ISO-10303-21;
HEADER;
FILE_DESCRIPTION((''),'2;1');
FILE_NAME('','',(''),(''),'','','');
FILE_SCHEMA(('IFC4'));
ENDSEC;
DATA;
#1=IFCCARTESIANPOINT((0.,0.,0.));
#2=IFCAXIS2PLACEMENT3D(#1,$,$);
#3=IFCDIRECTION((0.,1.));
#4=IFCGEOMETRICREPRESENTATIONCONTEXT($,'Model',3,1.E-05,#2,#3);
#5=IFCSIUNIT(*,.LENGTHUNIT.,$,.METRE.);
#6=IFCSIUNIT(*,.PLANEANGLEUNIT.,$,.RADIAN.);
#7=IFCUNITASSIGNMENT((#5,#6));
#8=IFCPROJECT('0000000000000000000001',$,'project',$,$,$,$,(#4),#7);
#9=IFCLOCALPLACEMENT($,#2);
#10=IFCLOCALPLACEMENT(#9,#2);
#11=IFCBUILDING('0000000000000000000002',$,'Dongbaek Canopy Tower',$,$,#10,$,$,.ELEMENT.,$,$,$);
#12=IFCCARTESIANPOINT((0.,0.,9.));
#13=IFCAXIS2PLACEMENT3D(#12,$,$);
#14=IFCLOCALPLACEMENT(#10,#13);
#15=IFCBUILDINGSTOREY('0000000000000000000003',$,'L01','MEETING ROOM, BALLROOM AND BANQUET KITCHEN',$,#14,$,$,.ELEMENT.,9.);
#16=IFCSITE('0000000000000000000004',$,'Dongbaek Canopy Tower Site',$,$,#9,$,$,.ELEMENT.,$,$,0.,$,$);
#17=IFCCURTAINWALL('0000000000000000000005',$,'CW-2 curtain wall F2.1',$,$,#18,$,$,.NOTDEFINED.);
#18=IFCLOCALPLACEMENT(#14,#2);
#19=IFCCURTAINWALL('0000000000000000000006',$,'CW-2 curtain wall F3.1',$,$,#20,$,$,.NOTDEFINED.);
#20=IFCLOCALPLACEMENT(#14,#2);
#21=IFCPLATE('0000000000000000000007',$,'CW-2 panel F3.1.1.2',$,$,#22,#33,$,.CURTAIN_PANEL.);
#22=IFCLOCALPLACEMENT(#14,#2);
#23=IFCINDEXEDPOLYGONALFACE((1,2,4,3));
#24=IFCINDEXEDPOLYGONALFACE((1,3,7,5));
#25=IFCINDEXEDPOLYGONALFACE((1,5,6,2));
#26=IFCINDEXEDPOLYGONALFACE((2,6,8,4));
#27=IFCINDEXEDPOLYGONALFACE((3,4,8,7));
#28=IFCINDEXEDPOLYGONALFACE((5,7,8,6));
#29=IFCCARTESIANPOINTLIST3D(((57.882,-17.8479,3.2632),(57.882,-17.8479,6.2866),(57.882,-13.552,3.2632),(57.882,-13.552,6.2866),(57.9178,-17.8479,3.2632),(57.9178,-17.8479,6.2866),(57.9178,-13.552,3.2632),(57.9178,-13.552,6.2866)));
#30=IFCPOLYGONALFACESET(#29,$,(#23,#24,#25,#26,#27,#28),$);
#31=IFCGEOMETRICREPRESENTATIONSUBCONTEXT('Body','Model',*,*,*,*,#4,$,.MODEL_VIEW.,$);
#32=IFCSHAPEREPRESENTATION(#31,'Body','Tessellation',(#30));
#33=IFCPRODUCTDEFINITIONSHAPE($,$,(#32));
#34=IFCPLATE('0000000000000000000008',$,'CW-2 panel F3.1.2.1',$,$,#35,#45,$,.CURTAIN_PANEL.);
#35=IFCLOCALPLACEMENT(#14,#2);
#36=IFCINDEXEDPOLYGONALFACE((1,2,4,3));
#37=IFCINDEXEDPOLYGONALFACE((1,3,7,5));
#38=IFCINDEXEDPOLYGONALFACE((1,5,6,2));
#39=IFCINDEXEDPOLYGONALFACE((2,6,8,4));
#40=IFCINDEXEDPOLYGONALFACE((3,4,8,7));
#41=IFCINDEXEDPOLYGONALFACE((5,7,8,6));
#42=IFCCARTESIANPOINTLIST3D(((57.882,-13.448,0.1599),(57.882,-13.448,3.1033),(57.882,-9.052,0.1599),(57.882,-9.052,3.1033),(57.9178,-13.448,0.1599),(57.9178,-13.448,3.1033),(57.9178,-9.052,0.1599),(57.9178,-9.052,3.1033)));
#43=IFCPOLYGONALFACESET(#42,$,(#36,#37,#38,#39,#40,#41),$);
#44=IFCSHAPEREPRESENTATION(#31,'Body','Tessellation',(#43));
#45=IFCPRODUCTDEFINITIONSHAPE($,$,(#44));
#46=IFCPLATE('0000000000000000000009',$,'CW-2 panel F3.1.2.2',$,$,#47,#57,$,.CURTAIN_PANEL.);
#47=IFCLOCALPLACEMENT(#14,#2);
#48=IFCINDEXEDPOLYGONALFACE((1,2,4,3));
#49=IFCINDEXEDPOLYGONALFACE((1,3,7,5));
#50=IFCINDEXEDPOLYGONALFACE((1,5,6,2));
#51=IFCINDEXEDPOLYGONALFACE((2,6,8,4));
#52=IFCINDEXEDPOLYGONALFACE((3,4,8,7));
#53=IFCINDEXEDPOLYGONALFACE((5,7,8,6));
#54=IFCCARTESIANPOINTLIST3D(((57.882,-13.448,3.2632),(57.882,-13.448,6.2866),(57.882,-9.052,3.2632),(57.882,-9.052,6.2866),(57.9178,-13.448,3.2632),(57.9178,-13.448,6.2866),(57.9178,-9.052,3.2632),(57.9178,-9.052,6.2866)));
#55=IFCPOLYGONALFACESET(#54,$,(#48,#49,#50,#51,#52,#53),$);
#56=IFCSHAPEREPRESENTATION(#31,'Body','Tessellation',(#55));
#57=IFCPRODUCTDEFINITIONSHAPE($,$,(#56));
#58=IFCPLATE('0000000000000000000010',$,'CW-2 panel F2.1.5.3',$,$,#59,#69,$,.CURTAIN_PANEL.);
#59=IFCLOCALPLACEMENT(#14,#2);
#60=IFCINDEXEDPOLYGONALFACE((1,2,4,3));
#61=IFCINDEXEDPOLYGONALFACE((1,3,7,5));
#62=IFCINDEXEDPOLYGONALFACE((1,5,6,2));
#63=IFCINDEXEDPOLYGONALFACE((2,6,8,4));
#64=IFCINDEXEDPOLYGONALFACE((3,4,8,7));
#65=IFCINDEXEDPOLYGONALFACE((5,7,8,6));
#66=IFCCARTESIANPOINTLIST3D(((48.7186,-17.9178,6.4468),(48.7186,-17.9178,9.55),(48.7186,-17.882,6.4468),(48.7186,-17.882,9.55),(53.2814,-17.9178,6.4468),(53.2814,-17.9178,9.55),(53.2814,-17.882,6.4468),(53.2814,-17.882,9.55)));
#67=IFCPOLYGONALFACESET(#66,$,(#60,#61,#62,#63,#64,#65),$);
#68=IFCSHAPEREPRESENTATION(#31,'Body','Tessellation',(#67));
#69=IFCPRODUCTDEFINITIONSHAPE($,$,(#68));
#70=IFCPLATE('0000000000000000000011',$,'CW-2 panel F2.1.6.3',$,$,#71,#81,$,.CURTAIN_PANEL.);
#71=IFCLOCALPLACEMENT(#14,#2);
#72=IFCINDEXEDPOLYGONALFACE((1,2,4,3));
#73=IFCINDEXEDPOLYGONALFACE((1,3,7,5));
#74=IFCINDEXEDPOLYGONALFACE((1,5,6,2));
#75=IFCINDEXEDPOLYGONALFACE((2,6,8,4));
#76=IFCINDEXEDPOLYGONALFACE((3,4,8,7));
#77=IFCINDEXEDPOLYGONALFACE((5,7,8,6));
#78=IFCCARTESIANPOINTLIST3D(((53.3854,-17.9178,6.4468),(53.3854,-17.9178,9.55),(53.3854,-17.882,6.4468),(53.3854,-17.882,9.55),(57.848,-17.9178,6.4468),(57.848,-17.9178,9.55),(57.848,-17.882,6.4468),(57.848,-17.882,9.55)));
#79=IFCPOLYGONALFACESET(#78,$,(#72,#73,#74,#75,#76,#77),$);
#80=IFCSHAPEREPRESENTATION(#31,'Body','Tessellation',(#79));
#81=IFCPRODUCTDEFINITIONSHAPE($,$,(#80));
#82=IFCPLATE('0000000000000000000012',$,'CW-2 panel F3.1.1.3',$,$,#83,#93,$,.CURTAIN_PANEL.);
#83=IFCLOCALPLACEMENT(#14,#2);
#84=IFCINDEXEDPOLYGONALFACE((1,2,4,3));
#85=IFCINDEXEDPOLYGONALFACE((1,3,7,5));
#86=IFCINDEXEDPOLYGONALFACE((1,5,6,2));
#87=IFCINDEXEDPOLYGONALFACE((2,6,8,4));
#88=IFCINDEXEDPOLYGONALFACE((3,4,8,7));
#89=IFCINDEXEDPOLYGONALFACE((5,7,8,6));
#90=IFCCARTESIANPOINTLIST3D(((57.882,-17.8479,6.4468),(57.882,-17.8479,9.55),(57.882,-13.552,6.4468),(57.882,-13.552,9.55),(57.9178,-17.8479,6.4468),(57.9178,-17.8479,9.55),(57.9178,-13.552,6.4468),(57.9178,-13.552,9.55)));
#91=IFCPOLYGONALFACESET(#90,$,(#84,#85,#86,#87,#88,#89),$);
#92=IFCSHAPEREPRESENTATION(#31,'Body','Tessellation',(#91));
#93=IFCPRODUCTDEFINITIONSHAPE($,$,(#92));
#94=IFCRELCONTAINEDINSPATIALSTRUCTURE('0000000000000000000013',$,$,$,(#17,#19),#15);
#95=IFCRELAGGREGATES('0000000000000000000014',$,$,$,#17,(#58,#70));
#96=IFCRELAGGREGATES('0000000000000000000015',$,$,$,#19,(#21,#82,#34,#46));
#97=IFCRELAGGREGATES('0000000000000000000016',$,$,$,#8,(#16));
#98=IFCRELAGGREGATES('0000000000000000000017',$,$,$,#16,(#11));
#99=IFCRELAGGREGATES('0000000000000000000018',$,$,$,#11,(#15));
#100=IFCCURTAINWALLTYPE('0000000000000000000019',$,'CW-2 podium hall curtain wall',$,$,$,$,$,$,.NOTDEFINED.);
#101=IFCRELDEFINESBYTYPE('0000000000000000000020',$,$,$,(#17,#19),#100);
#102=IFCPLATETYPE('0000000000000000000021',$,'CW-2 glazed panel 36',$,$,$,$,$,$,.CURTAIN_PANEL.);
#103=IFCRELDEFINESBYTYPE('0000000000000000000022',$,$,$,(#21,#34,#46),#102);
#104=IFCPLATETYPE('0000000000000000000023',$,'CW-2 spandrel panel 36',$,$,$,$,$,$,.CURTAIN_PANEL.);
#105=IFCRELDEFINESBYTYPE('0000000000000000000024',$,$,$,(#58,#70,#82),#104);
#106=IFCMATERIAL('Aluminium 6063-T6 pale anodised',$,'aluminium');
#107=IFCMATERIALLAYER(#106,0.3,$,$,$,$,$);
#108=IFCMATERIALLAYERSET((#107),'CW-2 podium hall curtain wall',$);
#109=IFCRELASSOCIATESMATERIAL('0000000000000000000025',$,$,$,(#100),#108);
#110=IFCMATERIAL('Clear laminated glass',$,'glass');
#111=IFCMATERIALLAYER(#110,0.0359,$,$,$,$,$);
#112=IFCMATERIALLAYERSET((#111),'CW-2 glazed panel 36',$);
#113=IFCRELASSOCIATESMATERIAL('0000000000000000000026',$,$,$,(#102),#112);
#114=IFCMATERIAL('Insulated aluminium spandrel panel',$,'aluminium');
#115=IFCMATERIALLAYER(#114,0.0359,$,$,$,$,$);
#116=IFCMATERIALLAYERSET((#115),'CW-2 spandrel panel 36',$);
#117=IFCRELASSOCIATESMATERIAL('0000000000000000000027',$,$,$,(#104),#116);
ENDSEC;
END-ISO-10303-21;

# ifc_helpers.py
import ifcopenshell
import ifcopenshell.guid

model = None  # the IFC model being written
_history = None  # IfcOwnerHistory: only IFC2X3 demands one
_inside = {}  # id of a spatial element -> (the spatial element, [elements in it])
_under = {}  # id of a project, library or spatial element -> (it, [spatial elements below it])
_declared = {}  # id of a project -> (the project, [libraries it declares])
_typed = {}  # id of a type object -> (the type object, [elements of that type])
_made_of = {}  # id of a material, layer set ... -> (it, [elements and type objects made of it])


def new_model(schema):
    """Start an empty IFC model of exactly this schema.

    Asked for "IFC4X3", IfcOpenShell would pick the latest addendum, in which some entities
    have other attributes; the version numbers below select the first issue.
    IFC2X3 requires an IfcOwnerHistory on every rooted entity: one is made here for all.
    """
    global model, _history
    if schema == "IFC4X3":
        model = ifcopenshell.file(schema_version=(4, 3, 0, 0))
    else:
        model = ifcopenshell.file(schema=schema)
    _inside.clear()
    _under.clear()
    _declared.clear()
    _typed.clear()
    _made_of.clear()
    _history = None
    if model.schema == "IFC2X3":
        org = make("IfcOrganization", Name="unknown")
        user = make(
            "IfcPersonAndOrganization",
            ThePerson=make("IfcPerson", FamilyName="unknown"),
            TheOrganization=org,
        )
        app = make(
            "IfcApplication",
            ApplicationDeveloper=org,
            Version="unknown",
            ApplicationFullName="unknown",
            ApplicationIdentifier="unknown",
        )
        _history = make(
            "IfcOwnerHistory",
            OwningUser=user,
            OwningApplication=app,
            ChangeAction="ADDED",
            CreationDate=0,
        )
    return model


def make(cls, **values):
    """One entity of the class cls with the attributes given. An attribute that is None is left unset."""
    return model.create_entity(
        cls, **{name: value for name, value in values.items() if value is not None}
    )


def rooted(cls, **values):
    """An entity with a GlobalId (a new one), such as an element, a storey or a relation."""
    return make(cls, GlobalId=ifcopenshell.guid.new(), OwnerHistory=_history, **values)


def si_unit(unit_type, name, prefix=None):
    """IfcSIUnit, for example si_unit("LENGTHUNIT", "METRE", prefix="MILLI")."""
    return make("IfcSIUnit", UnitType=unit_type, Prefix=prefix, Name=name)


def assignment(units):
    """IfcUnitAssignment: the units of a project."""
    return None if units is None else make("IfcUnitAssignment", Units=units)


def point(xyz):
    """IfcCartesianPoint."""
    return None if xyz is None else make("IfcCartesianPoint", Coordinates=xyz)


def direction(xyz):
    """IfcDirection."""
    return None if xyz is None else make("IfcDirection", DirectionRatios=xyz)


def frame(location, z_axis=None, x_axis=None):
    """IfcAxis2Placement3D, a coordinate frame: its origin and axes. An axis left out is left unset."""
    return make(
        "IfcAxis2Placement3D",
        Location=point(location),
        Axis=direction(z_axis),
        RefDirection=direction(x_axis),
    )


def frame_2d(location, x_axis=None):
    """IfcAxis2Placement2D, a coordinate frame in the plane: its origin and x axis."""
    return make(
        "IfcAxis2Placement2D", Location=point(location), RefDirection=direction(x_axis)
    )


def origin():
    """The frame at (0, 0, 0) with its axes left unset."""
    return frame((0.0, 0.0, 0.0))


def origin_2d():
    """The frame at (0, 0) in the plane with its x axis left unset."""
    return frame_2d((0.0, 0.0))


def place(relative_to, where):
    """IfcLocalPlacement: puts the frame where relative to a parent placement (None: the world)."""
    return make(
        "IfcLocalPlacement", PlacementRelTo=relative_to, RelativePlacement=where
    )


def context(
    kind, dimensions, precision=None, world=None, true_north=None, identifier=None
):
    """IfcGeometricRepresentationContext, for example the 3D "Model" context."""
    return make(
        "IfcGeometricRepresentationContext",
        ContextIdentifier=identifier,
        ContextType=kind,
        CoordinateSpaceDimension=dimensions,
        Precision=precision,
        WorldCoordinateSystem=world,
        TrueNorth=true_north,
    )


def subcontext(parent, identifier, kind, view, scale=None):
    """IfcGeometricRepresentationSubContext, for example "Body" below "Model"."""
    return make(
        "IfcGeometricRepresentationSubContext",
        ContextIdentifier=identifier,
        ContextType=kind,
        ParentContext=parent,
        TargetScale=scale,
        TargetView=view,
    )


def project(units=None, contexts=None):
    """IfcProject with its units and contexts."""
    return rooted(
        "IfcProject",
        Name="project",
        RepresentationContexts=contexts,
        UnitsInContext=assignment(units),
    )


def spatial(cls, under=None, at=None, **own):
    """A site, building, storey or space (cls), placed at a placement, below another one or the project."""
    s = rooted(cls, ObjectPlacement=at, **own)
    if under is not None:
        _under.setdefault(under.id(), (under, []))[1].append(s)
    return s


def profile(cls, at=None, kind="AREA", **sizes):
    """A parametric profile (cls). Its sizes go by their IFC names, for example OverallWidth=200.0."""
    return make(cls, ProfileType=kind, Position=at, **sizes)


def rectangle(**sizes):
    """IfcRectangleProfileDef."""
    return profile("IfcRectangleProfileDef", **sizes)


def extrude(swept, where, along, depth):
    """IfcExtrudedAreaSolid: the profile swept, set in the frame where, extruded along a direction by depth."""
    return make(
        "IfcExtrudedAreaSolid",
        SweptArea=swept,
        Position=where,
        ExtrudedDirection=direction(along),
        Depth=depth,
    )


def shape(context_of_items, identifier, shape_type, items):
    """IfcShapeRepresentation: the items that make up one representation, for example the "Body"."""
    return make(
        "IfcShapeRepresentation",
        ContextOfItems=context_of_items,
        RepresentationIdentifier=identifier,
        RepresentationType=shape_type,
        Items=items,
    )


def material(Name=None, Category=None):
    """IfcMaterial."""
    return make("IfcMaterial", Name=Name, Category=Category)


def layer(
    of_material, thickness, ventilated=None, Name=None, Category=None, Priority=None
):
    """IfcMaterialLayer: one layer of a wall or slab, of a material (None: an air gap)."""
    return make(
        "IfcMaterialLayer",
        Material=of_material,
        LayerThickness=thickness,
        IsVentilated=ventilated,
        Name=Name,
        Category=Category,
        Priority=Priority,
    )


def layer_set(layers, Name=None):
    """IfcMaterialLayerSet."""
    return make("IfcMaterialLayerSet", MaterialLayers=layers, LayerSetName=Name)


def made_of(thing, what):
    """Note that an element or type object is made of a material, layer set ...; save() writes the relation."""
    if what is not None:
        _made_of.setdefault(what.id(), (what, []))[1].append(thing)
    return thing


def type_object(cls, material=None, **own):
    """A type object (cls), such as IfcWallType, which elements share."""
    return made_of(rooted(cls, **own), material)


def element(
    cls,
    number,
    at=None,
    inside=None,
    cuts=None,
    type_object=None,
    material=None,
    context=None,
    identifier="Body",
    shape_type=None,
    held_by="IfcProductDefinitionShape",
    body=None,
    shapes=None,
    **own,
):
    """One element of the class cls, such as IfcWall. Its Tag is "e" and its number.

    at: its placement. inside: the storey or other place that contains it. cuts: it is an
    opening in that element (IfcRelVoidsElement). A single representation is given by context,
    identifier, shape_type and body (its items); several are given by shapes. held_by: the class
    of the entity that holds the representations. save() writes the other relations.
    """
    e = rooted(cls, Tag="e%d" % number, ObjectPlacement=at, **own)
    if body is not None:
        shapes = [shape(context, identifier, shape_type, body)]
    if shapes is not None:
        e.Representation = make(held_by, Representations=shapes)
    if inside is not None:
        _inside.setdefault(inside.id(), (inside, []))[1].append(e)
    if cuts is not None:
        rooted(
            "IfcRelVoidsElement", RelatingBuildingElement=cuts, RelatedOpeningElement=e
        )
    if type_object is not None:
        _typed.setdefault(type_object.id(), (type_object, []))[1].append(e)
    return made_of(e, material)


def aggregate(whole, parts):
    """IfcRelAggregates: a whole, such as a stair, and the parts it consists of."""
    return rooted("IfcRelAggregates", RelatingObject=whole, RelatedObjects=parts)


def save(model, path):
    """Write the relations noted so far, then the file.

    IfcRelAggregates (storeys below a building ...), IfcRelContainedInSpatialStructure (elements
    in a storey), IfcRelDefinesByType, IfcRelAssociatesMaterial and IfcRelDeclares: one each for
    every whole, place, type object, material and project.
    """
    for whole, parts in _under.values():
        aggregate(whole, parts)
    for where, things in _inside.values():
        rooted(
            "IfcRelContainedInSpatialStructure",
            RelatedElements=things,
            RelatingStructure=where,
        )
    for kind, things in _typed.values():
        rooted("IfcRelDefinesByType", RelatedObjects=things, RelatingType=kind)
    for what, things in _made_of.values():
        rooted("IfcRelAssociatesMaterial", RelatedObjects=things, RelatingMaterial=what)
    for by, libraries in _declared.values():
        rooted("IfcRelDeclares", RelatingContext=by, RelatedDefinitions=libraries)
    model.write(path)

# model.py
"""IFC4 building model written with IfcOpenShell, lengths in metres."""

from ifc_helpers import new_model, si_unit, direction, frame, origin, origin_2d, place, context, subcontext, project, spatial, rectangle, extrude, material, layer, layer_set, type_object, element, aggregate, save


model = new_model("IFC4")

# Units and contexts
model_context = context("Model", 3, precision=1e-05, world=origin(), true_north=direction((0.0, 1.0)))
body_context = subcontext(model_context, "Body", "Model", "MODEL_VIEW")
ifc_project = project(units=[si_unit("LENGTHUNIT", "METRE"), si_unit("PLANEANGLEUNIT", "RADIAN")], contexts=[model_context])

# Site, building, storey
site_placement = place(None, origin())
site = spatial("IfcSite", under=ifc_project, at=site_placement, Name="Dongbaek Canopy Tower Site", CompositionType="ELEMENT", RefElevation=0.0)
building_placement = place(site_placement, origin())
building = spatial("IfcBuilding", under=site, at=building_placement, Name="Dongbaek Canopy Tower", CompositionType="ELEMENT")
storey_placement = place(building_placement, frame((0.0, 0.0, 9.0)))
storey = spatial("IfcBuildingStorey", under=building, at=storey_placement, Name="L01", Description="MEETING ROOM, BALLROOM AND BANQUET KITCHEN", CompositionType="ELEMENT", Elevation=9.0)

# Curtain wall
ifc_material_1 = material(Name="Aluminium 6063-T6 pale anodised", Category="aluminium")
ifc_layer_1 = layer(ifc_material_1, 0.3)
ifc_layer_set_1 = layer_set([ifc_layer_1], Name="CW-2 podium hall curtain wall")
curtain_wall_type = type_object("IfcCurtainWallType", Name="CW-2 podium hall curtain wall", PredefinedType="NOTDEFINED", material=ifc_layer_set_1)
curtain_wall_1_placement = place(storey_placement, origin())
curtain_wall_1 = element("IfcCurtainWall", 1, at=curtain_wall_1_placement, inside=storey, type_object=curtain_wall_type, Name="CW-2 curtain wall F2.1", PredefinedType="NOTDEFINED")

# Curtain wall
curtain_wall_2_placement = place(storey_placement, origin())
curtain_wall_2 = element("IfcCurtainWall", 2, at=curtain_wall_2_placement, inside=storey, type_object=curtain_wall_type, Name="CW-2 curtain wall F3.1", PredefinedType="NOTDEFINED")

# Plates
ifc_material_2 = material(Name="Clear laminated glass", Category="glass")
ifc_layer_2 = layer(ifc_material_2, 0.0359)
ifc_layer_set_2 = layer_set([ifc_layer_2], Name="CW-2 glazed panel 36")
plate_type_1 = type_object("IfcPlateType", Name="CW-2 glazed panel 36", PredefinedType="CURTAIN_PANEL", material=ifc_layer_set_2)
plate_1_placement = place(storey_placement, frame((57.8999, -15.7, 3.2632), z_axis=(0.0, 0.0, 1.0), x_axis=(0.0, 1.0, 0.0)))
plate_1 = element("IfcPlate", 3, at=plate_1_placement, type_object=plate_type_1, Name="CW-2 panel F3.1.1.2", PredefinedType="CURTAIN_PANEL", context=body_context, shape_type="SweptSolid", body=[
    extrude(rectangle(XDim=4.2959, YDim=0.0359, at=origin_2d()), origin(), (0.0, 0.0, 1.0), 3.0234),
])
plate_2_placement = place(storey_placement, frame((57.8999, -11.25, 0.1599), z_axis=(0.0, 0.0, 1.0), x_axis=(0.0, 1.0, 0.0)))
plate_2 = element("IfcPlate", 4, at=plate_2_placement, type_object=plate_type_1, Name="CW-2 panel F3.1.2.1", PredefinedType="CURTAIN_PANEL", context=body_context, shape_type="SweptSolid", body=[
    extrude(rectangle(XDim=4.396, YDim=0.0359, at=origin_2d()), origin(), (0.0, 0.0, 1.0), 2.9434),
])
plate_3_placement = place(storey_placement, frame((57.8999, -11.25, 3.2632), z_axis=(0.0, 0.0, 1.0), x_axis=(0.0, 1.0, 0.0)))
plate_3 = element("IfcPlate", 5, at=plate_3_placement, type_object=plate_type_1, Name="CW-2 panel F3.1.2.2", PredefinedType="CURTAIN_PANEL", context=body_context, shape_type="SweptSolid", body=[
    extrude(rectangle(XDim=4.396, YDim=0.0359, at=origin_2d()), origin(), (0.0, 0.0, 1.0), 3.0234),
])
ifc_material_3 = material(Name="Insulated aluminium spandrel panel", Category="aluminium")
ifc_layer_3 = layer(ifc_material_3, 0.0359)
ifc_layer_set_3 = layer_set([ifc_layer_3], Name="CW-2 spandrel panel 36")
plate_type_2 = type_object("IfcPlateType", Name="CW-2 spandrel panel 36", PredefinedType="CURTAIN_PANEL", material=ifc_layer_set_3)
plate_4_placement = place(storey_placement, frame((51.0, -17.8999, 6.4468), z_axis=(0.0, 0.0, 1.0), x_axis=(1.0, 0.0, 0.0)))
plate_4 = element("IfcPlate", 6, at=plate_4_placement, type_object=plate_type_2, Name="CW-2 panel F2.1.5.3", PredefinedType="CURTAIN_PANEL", context=body_context, shape_type="SweptSolid", body=[
    extrude(rectangle(XDim=4.5627, YDim=0.0359, at=origin_2d()), origin(), (0.0, 0.0, 1.0), 3.1033),
])
plate_5_placement = place(storey_placement, frame((55.6167, -17.8999, 6.4468), z_axis=(0.0, 0.0, 1.0), x_axis=(1.0, 0.0, 0.0)))
plate_5 = element("IfcPlate", 7, at=plate_5_placement, type_object=plate_type_2, Name="CW-2 panel F2.1.6.3", PredefinedType="CURTAIN_PANEL", context=body_context, shape_type="SweptSolid", body=[
    extrude(rectangle(XDim=4.4626, YDim=0.0359, at=origin_2d()), origin(), (0.0, 0.0, 1.0), 3.1033),
])
aggregate(curtain_wall_1, [plate_4, plate_5])
plate_6_placement = place(storey_placement, frame((57.8999, -15.7, 6.4468), z_axis=(0.0, 0.0, 1.0), x_axis=(0.0, 1.0, 0.0)))
plate_6 = element("IfcPlate", 8, at=plate_6_placement, type_object=plate_type_2, Name="CW-2 panel F3.1.1.3", PredefinedType="CURTAIN_PANEL", context=body_context, shape_type="SweptSolid", body=[
    extrude(rectangle(XDim=4.2959, YDim=0.0359, at=origin_2d()), origin(), (0.0, 0.0, 1.0), 3.1033),
])
aggregate(curtain_wall_2, [plate_1, plate_6, plate_2, plate_3])

save(model, "model.ifc")
